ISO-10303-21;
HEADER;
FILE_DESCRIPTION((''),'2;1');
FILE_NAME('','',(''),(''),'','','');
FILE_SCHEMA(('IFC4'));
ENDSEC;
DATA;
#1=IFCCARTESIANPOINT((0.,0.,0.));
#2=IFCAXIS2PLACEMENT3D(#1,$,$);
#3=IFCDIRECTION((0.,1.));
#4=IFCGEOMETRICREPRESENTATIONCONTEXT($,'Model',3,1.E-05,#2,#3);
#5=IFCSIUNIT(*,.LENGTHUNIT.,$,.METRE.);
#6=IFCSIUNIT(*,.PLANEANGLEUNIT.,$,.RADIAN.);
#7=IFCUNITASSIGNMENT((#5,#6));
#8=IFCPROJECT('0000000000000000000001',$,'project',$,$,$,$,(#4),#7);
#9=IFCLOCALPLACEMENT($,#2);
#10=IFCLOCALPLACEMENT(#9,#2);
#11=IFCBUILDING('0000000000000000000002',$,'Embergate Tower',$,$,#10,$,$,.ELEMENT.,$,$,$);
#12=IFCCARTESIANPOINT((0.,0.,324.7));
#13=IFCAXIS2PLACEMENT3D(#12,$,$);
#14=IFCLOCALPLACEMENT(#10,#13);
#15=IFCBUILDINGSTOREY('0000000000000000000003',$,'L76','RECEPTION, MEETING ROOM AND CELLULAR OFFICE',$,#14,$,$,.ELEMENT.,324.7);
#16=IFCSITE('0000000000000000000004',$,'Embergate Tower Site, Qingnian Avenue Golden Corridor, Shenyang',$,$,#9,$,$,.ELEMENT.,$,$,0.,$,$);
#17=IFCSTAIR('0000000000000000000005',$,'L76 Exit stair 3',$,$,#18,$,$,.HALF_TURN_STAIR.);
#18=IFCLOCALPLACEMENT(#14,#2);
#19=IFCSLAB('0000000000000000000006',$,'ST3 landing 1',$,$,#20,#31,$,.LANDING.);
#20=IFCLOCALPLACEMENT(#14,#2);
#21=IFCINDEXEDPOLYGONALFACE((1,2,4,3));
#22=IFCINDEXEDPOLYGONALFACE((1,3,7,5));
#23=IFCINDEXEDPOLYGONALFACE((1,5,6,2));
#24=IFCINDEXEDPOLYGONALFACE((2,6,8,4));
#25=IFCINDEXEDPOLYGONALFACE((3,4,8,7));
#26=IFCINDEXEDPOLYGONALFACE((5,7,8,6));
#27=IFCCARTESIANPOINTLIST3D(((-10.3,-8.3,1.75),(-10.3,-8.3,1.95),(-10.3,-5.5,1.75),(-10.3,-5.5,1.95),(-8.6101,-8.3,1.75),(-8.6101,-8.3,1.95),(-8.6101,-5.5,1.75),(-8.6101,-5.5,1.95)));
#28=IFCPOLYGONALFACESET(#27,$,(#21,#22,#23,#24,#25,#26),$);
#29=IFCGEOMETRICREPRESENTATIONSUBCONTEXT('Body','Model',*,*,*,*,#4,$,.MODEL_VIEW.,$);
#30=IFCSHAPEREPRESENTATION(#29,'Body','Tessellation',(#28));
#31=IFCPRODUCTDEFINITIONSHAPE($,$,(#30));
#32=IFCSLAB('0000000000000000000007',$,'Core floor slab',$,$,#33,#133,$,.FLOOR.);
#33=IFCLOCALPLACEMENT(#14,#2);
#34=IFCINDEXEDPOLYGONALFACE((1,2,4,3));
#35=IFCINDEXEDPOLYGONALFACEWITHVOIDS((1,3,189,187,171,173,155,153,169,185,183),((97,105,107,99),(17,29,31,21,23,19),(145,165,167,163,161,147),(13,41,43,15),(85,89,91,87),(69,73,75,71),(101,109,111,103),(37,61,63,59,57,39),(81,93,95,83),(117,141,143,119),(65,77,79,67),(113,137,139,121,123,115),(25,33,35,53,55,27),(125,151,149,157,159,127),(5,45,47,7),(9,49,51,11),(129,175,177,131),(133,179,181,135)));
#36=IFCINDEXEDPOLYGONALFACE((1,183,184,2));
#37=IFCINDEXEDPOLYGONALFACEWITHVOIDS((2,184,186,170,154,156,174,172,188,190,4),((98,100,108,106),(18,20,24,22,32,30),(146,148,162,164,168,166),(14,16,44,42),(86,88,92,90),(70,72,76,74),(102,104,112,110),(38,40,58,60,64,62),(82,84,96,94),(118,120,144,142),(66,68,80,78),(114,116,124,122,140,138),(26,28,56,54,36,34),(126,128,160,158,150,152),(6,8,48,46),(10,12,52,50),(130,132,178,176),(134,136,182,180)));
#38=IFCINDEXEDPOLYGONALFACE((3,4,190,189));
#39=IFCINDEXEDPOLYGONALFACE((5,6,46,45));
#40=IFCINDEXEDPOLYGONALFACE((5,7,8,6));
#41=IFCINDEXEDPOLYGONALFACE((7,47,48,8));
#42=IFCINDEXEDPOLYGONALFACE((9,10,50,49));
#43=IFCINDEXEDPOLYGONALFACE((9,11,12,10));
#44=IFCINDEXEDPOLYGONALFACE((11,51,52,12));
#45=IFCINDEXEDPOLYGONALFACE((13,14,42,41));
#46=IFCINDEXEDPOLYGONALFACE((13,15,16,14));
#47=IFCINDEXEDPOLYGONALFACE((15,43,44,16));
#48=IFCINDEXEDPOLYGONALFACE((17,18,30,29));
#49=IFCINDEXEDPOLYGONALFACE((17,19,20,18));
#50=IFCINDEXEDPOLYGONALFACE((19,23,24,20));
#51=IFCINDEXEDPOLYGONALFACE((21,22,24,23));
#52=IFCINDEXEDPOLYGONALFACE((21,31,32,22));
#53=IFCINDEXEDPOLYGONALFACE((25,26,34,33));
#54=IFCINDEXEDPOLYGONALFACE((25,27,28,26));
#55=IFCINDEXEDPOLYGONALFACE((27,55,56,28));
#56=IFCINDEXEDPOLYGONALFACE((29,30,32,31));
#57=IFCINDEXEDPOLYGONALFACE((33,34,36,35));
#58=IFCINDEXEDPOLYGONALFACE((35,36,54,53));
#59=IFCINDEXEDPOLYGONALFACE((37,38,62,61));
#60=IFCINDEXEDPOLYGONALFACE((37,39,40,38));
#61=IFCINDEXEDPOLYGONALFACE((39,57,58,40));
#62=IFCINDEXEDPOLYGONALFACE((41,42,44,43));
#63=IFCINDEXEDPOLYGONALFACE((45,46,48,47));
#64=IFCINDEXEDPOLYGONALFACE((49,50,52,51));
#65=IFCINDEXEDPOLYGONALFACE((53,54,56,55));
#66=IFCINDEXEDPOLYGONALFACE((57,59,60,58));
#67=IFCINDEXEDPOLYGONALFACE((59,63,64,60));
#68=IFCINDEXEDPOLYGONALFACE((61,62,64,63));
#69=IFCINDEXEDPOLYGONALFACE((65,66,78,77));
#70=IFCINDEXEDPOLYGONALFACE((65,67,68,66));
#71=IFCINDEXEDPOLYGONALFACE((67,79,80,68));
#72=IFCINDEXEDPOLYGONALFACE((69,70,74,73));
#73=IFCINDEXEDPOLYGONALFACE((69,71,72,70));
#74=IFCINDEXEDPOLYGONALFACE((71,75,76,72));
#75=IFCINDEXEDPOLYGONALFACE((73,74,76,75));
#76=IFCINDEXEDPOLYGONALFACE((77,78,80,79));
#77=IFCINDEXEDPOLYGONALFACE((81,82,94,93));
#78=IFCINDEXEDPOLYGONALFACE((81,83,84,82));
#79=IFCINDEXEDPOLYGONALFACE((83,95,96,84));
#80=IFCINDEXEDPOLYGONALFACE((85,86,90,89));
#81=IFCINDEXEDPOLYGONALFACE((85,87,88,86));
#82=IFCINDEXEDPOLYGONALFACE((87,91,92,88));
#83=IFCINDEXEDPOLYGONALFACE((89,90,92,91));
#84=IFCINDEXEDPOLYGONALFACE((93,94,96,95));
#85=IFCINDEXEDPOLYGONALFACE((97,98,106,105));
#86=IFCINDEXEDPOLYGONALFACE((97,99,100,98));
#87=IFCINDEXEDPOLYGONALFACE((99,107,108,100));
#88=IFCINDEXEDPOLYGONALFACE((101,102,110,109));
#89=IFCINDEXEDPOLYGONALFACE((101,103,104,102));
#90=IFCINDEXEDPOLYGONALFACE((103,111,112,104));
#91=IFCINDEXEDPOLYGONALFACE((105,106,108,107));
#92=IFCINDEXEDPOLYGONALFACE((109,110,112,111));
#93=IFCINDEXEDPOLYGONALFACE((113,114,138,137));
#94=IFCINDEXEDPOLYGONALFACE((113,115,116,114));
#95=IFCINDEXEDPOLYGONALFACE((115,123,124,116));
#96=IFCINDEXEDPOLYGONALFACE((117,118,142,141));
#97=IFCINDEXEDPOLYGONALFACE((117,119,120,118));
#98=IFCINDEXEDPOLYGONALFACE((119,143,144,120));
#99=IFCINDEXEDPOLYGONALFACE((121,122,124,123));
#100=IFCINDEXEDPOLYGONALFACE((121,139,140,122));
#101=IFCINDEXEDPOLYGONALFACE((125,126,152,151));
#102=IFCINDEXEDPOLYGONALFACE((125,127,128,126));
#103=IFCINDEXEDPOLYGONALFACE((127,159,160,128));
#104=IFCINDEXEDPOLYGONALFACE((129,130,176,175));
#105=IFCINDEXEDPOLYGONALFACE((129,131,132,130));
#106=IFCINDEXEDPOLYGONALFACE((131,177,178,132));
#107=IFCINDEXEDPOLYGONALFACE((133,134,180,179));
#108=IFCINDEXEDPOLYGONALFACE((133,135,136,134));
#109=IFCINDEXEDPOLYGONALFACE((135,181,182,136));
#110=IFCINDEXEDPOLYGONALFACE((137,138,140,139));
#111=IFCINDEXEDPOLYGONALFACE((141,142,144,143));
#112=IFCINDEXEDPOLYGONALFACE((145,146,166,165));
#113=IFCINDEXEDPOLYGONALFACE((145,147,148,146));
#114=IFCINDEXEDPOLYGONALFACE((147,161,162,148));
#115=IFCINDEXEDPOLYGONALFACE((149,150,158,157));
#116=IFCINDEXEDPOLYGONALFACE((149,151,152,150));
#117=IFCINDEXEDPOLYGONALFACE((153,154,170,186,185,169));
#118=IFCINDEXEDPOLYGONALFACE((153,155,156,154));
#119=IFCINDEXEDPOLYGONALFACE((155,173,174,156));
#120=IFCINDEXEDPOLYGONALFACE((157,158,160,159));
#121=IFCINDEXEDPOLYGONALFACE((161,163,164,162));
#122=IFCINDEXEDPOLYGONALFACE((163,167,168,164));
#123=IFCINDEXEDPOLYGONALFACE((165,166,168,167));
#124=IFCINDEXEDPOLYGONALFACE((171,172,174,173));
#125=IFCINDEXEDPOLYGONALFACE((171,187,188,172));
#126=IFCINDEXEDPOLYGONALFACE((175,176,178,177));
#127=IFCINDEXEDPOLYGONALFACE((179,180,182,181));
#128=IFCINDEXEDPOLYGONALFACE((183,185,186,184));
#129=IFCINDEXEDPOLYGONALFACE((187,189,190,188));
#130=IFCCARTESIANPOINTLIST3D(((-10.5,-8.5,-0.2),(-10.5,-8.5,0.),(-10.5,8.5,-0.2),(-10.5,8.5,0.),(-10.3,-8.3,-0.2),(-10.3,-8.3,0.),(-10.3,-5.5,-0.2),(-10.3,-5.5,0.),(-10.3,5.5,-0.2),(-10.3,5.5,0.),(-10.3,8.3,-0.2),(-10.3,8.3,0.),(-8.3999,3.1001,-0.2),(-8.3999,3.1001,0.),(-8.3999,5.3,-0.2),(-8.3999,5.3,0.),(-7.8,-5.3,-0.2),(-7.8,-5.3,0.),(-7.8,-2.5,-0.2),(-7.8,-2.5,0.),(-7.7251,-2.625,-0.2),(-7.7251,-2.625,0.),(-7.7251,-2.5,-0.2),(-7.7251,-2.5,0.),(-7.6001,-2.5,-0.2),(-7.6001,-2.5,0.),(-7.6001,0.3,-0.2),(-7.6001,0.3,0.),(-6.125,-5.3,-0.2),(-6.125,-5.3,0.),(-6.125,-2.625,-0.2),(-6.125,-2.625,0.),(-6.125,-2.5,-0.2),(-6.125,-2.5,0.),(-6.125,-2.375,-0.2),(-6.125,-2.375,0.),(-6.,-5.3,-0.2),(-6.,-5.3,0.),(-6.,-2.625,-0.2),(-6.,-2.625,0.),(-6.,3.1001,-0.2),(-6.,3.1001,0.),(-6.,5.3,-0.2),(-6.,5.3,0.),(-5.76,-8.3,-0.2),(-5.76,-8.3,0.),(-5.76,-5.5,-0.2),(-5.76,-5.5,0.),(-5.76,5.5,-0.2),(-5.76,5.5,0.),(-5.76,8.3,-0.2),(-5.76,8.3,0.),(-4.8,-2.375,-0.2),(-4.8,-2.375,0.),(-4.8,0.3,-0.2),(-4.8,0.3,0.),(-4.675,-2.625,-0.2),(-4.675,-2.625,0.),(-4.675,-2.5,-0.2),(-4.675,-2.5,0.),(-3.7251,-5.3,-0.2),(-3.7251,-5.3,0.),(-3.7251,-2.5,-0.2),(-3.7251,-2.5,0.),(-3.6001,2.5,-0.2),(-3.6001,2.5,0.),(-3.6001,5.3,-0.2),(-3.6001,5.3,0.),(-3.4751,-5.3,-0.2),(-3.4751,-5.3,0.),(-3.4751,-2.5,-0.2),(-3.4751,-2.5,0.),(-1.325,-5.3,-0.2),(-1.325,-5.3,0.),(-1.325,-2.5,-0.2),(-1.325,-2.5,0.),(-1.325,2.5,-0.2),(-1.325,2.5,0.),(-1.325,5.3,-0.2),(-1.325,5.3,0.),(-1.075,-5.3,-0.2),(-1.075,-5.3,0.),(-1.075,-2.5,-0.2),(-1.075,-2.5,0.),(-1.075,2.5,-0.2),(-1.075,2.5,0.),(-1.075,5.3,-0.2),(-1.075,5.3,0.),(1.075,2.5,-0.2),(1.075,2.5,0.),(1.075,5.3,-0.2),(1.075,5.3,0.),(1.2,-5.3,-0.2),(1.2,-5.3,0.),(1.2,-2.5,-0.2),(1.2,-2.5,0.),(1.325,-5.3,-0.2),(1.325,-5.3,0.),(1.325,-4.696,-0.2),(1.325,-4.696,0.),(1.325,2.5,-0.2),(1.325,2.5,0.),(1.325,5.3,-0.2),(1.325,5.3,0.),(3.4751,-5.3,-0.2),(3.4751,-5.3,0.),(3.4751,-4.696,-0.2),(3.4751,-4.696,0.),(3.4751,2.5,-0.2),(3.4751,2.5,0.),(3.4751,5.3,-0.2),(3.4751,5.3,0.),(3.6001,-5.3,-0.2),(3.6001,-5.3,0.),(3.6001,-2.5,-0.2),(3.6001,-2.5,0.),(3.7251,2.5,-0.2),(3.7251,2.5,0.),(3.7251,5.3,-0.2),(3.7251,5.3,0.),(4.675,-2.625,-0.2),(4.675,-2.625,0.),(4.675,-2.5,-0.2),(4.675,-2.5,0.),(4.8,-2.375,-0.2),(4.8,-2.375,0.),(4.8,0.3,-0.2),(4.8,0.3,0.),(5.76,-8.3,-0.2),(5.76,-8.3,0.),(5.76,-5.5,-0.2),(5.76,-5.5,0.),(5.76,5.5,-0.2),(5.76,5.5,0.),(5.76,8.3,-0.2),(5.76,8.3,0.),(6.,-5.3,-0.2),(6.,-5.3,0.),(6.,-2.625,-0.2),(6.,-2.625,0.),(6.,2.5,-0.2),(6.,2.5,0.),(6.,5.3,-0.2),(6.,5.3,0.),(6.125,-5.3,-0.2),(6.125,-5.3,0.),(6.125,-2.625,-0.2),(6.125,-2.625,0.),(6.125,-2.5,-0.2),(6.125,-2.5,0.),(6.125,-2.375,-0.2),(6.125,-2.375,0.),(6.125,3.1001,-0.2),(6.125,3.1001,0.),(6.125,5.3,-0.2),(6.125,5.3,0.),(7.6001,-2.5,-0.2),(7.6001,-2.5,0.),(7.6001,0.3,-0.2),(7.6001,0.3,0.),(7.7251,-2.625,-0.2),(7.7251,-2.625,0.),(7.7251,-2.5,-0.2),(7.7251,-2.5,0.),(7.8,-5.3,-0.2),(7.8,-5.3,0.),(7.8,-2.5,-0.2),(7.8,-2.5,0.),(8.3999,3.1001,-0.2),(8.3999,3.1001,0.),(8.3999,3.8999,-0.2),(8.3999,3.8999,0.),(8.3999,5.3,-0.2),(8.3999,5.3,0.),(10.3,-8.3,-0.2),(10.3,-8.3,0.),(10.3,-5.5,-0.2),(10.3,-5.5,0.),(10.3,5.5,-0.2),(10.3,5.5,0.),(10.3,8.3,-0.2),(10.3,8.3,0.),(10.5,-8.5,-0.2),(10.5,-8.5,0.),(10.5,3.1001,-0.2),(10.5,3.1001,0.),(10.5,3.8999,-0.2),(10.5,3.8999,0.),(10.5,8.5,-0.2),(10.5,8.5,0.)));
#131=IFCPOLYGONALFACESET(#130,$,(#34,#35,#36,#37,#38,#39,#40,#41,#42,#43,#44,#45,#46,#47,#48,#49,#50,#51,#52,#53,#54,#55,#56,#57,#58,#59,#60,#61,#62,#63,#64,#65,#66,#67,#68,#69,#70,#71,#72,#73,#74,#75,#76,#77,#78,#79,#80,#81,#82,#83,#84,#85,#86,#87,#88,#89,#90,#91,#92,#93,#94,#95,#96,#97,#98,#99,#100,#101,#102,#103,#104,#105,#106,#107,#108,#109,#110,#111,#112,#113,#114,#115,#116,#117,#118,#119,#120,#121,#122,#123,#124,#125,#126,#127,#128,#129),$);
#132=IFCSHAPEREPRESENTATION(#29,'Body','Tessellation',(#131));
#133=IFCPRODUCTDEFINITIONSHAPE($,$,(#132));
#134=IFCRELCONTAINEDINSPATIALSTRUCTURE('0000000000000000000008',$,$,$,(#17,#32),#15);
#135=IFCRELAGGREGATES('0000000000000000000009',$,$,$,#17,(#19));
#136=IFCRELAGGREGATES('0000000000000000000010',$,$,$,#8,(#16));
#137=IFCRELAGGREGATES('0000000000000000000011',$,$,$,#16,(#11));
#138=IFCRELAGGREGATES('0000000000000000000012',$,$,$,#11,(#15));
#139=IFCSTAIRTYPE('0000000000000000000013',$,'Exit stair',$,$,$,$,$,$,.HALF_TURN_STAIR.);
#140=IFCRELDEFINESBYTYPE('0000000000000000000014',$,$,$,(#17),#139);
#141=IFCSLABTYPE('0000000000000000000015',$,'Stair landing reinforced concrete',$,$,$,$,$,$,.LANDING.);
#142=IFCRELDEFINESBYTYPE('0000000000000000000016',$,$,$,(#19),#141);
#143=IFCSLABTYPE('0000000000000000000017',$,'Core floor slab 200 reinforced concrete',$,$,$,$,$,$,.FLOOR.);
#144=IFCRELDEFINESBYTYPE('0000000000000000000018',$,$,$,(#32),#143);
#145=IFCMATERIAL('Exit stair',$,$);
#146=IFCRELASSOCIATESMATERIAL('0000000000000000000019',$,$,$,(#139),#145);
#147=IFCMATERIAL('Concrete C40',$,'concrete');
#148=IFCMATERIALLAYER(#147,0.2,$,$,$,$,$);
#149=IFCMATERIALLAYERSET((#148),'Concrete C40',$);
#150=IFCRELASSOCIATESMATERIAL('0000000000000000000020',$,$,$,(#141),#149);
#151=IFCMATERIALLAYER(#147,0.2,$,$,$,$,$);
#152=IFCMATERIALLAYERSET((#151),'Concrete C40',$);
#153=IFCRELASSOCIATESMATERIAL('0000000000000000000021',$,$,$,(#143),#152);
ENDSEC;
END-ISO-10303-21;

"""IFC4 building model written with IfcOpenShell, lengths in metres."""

from ifc_helpers import new_model, si_unit, direction, frame, origin, place, context, subcontext, project, spatial, polyline, outline, extrude, source, transform, mapped, material, layer, layer_set, type_object, element, aggregate, save


model = new_model("IFC4")

# Units and contexts
model_context = context("Model", 3, precision=1e-05, world=origin(), true_north=direction((0.0, 1.0)))
body_context = subcontext(model_context, "Body", "Model", "MODEL_VIEW")
ifc_project = project(units=[si_unit("LENGTHUNIT", "METRE"), si_unit("PLANEANGLEUNIT", "RADIAN")], contexts=[model_context])

# Site, building, storey
site_placement = place(None, origin())
site = spatial("IfcSite", under=ifc_project, at=site_placement, Name="Embergate Tower Site, Qingnian Avenue Golden Corridor, Shenyang", CompositionType="ELEMENT", RefElevation=0.0)
building_placement = place(site_placement, origin())
building = spatial("IfcBuilding", under=site, at=building_placement, Name="Embergate Tower", CompositionType="ELEMENT")
storey_placement = place(building_placement, frame((0.0, 0.0, 324.7)))
storey = spatial("IfcBuildingStorey", under=building, at=storey_placement, Name="L76", Description="RECEPTION, MEETING ROOM AND CELLULAR OFFICE", CompositionType="ELEMENT", Elevation=324.7)

# Stair, slab
ifc_material_1 = material(Name="Exit stair")
stair_type = type_object("IfcStairType", Name="Exit stair", PredefinedType="HALF_TURN_STAIR", material=ifc_material_1)
stair_placement = place(storey_placement, origin())
stair = element("IfcStair", 1, at=stair_placement, inside=storey, type_object=stair_type, Name="L76 Exit stair 3", PredefinedType="HALF_TURN_STAIR")
ifc_material_2 = material(Name="Concrete C40", Category="concrete")
ifc_layer_1 = layer(ifc_material_2, 0.2)
ifc_layer_set_1 = layer_set([ifc_layer_1], Name="Concrete C40")
slab_type_1 = type_object("IfcSlabType", Name="Stair landing reinforced concrete", PredefinedType="LANDING", material=ifc_layer_set_1)
shared_shape_1 = source(origin(), body_context, "Body", "SweptSolid", [
    extrude(outline(polyline([(0.0, 0.0), (1.6899, 0.0), (1.6899, 2.8), (0.0, 2.8), (0.0, 0.0)])), origin(), (0.0, 0.0, 1.0), 0.2),
])
slab_1_placement = place(storey_placement, frame((-10.3, -8.3, 1.75)))
slab_1 = element("IfcSlab", 2, at=slab_1_placement, type_object=slab_type_1, Name="ST3 landing 1", PredefinedType="LANDING", context=body_context, shape_type="MappedRepresentation", body=[
    mapped(shared_shape_1, transform((0.0, 0.0, 0.0))),
])

# Slab
ifc_layer_2 = layer(ifc_material_2, 0.2)
ifc_layer_set_2 = layer_set([ifc_layer_2], Name="Concrete C40")
slab_type_2 = type_object("IfcSlabType", Name="Core floor slab 200 reinforced concrete", PredefinedType="FLOOR", material=ifc_layer_set_2)
shared_shape_2 = source(origin(), body_context, "Body", "SweptSolid", [
    extrude(outline(polyline([(0.0, 0.0), (21.0, 0.0), (21.0, 11.6001), (18.8999, 11.6001), (16.625, 11.6001), (16.625, 13.8), (18.8999, 13.8), (18.8999, 12.3999), (21.0, 12.3999), (21.0, 17.0), (0.0, 17.0), (0.0, 0.0)]), holes=[polyline([(0.2, 0.2), (0.2, 3.0), (4.74, 3.0), (4.74, 0.2), (0.2, 0.2)]), polyline([(16.26, 0.2), (16.26, 3.0), (20.8, 3.0), (20.8, 0.2), (16.26, 0.2)]), polyline([(2.7, 3.2), (2.7, 6.0), (2.7749, 6.0), (2.7749, 5.875), (4.375, 5.875), (4.375, 3.2), (2.7, 3.2)]), polyline([(4.5, 3.2), (4.5, 5.875), (5.825, 5.875), (5.825, 6.0), (6.7749, 6.0), (6.7749, 3.2), (4.5, 3.2)]), polyline([(7.0249, 3.2), (7.0249, 6.0), (9.175, 6.0), (9.175, 3.2), (7.0249, 3.2)]), polyline([(9.425, 3.2), (9.425, 6.0), (11.7, 6.0), (11.7, 3.2), (9.425, 3.2)]), polyline([(11.825, 3.2), (11.825, 3.804), (13.9751, 3.804), (13.9751, 3.2), (11.825, 3.2)]), polyline([(14.1001, 3.2), (14.1001, 6.0), (15.175, 6.0), (15.175, 5.875), (16.5, 5.875), (16.5, 3.2), (14.1001, 3.2)]), polyline([(16.625, 3.2), (16.625, 5.875), (18.2251, 5.875), (18.2251, 6.0), (18.3, 6.0), (18.3, 3.2), (16.625, 3.2)]), polyline([(2.8999, 6.0), (2.8999, 8.8), (5.7, 8.8), (5.7, 6.125), (4.375, 6.125), (4.375, 6.0), (2.8999, 6.0)]), polyline([(16.625, 6.0), (16.625, 6.125), (15.3, 6.125), (15.3, 8.8), (18.1001, 8.8), (18.1001, 6.0), (16.625, 6.0)]), polyline([(6.8999, 11.0), (6.8999, 13.8), (9.175, 13.8), (9.175, 11.0), (6.8999, 11.0)]), polyline([(9.425, 11.0), (9.425, 13.8), (11.575, 13.8), (11.575, 11.0), (9.425, 11.0)]), polyline([(11.825, 11.0), (11.825, 13.8), (13.9751, 13.8), (13.9751, 11.0), (11.825, 11.0)]), polyline([(14.2251, 11.0), (14.2251, 13.8), (16.5, 13.8), (16.5, 11.0), (14.2251, 11.0)]), polyline([(2.1001, 11.6001), (2.1001, 13.8), (4.5, 13.8), (4.5, 11.6001), (2.1001, 11.6001)]), polyline([(0.2, 14.0), (0.2, 16.8), (4.74, 16.8), (4.74, 14.0), (0.2, 14.0)]), polyline([(16.26, 14.0), (16.26, 16.8), (20.8, 16.8), (20.8, 14.0), (16.26, 14.0)])]), origin(), (0.0, 0.0, 1.0), 0.2),
])
slab_2_placement = place(storey_placement, frame((-10.5, -8.5, -0.2)))
element("IfcSlab", 3, at=slab_2_placement, inside=storey, type_object=slab_type_2, Name="Core floor slab", PredefinedType="FLOOR", context=body_context, shape_type="MappedRepresentation", body=[
    mapped(shared_shape_2, transform((0.0, 0.0, 0.0))),
])

aggregate(stair, [slab_1])

save(model, "model.ifc")
